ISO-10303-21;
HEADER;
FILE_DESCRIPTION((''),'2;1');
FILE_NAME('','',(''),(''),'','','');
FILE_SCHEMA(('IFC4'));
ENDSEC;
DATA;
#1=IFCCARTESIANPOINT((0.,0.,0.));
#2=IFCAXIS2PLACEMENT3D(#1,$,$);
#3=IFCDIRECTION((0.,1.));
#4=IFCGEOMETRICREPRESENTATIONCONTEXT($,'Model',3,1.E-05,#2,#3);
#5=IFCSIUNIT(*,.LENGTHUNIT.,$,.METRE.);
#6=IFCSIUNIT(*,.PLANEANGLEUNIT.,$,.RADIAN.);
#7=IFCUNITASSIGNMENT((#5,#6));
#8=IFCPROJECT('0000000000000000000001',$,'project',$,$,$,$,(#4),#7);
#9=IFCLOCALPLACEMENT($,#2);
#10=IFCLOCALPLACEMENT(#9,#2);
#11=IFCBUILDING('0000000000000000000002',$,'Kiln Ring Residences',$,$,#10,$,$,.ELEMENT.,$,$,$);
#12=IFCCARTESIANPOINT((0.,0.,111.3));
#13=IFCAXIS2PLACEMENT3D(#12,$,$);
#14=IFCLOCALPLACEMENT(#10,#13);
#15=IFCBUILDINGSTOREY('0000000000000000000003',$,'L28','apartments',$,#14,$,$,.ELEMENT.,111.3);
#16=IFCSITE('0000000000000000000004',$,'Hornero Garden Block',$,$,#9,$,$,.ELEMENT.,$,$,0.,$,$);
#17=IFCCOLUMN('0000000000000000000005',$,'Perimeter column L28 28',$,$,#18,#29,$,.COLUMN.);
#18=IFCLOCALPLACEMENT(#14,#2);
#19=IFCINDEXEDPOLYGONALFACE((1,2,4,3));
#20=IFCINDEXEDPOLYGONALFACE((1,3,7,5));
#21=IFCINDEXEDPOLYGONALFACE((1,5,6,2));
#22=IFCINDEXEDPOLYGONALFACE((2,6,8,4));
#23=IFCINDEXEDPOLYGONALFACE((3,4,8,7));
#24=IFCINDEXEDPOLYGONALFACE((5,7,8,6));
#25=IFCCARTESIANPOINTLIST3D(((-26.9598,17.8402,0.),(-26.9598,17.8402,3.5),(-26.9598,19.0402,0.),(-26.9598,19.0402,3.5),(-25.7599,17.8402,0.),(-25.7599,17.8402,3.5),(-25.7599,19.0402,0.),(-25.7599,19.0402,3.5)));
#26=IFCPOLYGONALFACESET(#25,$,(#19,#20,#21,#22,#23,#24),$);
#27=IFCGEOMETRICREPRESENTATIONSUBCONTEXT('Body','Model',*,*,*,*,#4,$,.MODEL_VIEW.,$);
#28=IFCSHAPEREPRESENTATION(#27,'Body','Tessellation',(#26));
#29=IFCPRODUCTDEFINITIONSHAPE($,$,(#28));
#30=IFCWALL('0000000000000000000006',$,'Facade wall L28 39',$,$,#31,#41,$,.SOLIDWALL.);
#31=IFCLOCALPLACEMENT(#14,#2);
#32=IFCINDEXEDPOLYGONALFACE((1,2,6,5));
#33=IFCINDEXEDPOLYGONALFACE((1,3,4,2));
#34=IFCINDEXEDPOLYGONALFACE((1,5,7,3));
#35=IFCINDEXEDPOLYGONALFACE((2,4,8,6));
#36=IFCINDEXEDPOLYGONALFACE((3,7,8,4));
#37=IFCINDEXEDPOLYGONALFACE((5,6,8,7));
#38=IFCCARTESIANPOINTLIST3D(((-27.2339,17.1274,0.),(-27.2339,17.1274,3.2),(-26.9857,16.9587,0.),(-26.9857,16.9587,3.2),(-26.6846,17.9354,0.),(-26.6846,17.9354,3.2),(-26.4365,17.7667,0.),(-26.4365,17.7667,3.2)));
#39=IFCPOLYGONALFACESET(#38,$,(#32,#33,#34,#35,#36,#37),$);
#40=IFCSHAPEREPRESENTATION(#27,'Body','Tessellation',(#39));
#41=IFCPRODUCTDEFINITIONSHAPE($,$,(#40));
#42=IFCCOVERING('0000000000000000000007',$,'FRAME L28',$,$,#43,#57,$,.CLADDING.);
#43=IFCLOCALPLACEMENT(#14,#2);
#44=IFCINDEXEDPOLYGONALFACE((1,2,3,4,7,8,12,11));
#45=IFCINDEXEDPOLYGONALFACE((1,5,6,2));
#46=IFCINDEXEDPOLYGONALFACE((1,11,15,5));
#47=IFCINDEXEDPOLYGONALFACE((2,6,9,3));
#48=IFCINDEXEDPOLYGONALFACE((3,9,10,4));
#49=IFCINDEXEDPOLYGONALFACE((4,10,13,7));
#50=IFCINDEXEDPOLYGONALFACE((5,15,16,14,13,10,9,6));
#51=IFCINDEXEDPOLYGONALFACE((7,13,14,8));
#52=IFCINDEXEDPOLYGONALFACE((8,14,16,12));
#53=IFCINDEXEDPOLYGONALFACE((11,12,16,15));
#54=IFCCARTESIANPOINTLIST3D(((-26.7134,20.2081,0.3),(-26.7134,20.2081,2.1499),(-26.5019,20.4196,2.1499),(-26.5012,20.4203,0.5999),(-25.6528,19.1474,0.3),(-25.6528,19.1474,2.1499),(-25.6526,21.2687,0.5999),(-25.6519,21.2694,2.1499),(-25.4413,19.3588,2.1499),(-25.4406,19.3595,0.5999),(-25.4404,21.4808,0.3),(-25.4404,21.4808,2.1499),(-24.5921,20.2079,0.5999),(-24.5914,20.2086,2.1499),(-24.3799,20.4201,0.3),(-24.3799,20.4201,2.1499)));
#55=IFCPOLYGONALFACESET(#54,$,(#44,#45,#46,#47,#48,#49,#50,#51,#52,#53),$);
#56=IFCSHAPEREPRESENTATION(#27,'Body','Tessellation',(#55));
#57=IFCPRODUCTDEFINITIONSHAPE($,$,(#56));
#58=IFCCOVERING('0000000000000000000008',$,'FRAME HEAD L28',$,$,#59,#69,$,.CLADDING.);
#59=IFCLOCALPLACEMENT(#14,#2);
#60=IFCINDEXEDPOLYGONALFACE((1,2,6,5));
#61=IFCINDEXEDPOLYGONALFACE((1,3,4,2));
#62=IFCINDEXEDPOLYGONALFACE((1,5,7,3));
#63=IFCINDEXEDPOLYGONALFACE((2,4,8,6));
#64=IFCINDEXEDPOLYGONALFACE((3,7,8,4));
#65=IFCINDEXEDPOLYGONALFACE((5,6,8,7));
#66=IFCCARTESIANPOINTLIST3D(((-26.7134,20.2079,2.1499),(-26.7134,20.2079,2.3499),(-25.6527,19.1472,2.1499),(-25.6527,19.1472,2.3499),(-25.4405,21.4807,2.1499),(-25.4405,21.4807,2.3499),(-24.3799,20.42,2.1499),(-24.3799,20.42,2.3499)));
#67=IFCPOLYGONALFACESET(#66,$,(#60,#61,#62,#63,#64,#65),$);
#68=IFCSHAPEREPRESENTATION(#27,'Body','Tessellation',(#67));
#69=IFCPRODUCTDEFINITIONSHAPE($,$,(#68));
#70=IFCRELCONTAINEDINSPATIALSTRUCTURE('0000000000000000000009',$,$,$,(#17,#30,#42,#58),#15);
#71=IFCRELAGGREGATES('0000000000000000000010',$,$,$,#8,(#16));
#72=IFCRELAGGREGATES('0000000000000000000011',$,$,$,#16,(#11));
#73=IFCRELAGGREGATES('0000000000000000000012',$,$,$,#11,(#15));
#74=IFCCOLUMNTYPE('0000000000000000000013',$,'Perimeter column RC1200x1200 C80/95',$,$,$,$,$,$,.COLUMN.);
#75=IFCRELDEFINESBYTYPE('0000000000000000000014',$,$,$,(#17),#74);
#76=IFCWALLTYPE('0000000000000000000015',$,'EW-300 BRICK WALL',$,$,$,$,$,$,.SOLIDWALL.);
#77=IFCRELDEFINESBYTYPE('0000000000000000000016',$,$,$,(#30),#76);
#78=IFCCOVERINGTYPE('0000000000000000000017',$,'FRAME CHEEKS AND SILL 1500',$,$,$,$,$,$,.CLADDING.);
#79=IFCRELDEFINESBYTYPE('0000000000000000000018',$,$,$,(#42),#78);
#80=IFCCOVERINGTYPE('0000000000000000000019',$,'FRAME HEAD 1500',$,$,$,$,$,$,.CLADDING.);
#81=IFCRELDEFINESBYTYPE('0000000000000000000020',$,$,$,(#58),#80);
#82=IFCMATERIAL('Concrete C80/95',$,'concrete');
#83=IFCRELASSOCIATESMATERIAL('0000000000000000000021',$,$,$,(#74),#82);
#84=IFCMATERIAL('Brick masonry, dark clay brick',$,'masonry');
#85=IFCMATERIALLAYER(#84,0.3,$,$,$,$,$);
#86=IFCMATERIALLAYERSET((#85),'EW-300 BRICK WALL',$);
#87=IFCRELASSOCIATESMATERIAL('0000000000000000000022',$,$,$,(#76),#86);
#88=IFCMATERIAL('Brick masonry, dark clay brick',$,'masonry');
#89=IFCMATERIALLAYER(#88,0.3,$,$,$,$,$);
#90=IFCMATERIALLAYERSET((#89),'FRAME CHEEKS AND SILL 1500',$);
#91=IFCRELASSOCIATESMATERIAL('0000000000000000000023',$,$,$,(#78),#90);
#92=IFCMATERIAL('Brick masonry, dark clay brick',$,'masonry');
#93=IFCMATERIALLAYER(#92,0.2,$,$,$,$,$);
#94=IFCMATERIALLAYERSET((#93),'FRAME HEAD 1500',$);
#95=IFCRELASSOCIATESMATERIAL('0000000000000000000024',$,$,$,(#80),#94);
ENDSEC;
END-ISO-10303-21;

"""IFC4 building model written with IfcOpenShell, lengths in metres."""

from ifc_helpers import new_model, si_unit, direction, frame, frame_2d, origin, origin_2d, place, context, subcontext, project, spatial, polyline, rectangle, outline, extrude, material, layer, layer_set, material_profile, profile_set, type_object, element, save


model = new_model("IFC4")

# Units and contexts
model_context = context("Model", 3, precision=1e-05, world=origin(), true_north=direction((0.0, 1.0)))
body_context = subcontext(model_context, "Body", "Model", "MODEL_VIEW")
ifc_project = project(units=[si_unit("LENGTHUNIT", "METRE"), si_unit("PLANEANGLEUNIT", "RADIAN")], contexts=[model_context])

# Site, building, storey
site_placement = place(None, origin())
site = spatial("IfcSite", under=ifc_project, at=site_placement, Name="Hornero Garden Block", CompositionType="ELEMENT", RefElevation=0.0)
building_placement = place(site_placement, origin())
building = spatial("IfcBuilding", under=site, at=building_placement, Name="Kiln Ring Residences", CompositionType="ELEMENT")
storey_placement = place(building_placement, frame((0.0, 0.0, 111.3)))
storey = spatial("IfcBuildingStorey", under=building, at=storey_placement, Name="L28", Description="apartments", CompositionType="ELEMENT", Elevation=111.3)

# Column
ifc_material_1 = material(Name="Concrete C80/95", Category="concrete")
ifc_material_profile = material_profile(ifc_material_1, rectangle(XDim=1.2, YDim=1.2, at=origin_2d()), Name="RC1200x1200")
ifc_profile_set = profile_set([ifc_material_profile], Name="Concrete C80/95")
column_type = type_object("IfcColumnType", Name="Perimeter column RC1200x1200 C80/95", PredefinedType="COLUMN", material=ifc_profile_set)
column_placement = place(storey_placement, frame((-26.3599, 18.4402, 0.0), z_axis=(0.0, 0.0, 1.0), x_axis=(1.0, 0.0, 0.0)))
element("IfcColumn", 1, at=column_placement, inside=storey, type_object=column_type, Name="Perimeter column L28 28", PredefinedType="COLUMN", context=body_context, shape_type="SweptSolid", body=[
    extrude(rectangle(XDim=1.2, YDim=1.2, at=origin_2d()), origin(), (0.0, 0.0, 1.0), 3.5),
])

# Wall
ifc_material_2 = material(Name="Brick masonry, dark clay brick", Category="masonry")
ifc_layer_1 = layer(ifc_material_2, 0.3)
ifc_layer_set_1 = layer_set([ifc_layer_1], Name="EW-300 BRICK WALL")
wall_type_1 = type_object("IfcWallType", Name="EW-300 BRICK WALL", PredefinedType="SOLIDWALL", material=ifc_layer_set_1)
wall_1_placement = place(storey_placement, frame((-26.5605, 17.8511, 0.0), z_axis=(0.0, 0.0, 1.0), x_axis=(-0.562173, -0.827019, 0.0)))
element("IfcWall", 2, at=wall_1_placement, inside=storey, type_object=wall_type_1, Name="Facade wall L28 39", PredefinedType="SOLIDWALL", context=body_context, shape_type="SweptSolid", body=[
    extrude(rectangle(XDim=0.9771, YDim=0.3, at=frame_2d((0.4885, 0.0))), origin(), (0.0, 0.0, 1.0), 3.2),
])

# Coverings
ifc_material_3 = material(Name="Brick masonry, dark clay brick", Category="masonry")
ifc_layer_2 = layer(ifc_material_3, 0.3)
ifc_layer_set_2 = layer_set([ifc_layer_2], Name="FRAME CHEEKS AND SILL 1500")
covering_type_1 = type_object("IfcCoveringType", Name="FRAME CHEEKS AND SILL 1500", PredefinedType="CLADDING", material=ifc_layer_set_2)
covering_1_placement = place(storey_placement, frame((-24.9102, 20.9504, 0.3), z_axis=(0.0, 0.0, 1.0), x_axis=(-0.707175, -0.707039, 0.0)))
element("IfcCovering", 3, at=covering_1_placement, inside=storey, type_object=covering_type_1, Name="FRAME L28", PredefinedType="CLADDING", context=body_context, shape_type="SweptSolid", body=[
    extrude(outline(polyline([(0.0, 0.0), (1.8, 0.0), (1.8, 1.8499), (1.501, 1.8499), (1.5, 0.2998), (0.3, 0.2998), (0.2991, 1.8499), (0.0, 1.8499), (0.0, 0.0)])), frame((0.0, 0.75, 0.0), z_axis=(0.0, -1.0, 0.0), x_axis=(1.0, 0.0, 0.0)), (0.0, 0.0, 1.0), 1.5),
])
ifc_material_4 = material(Name="Brick masonry, dark clay brick", Category="masonry")
ifc_layer_3 = layer(ifc_material_4, 0.2)
ifc_layer_set_3 = layer_set([ifc_layer_3], Name="FRAME HEAD 1500")
covering_type_2 = type_object("IfcCoveringType", Name="FRAME HEAD 1500", PredefinedType="CLADDING", material=ifc_layer_set_3)
covering_2_placement = place(storey_placement, frame((-25.5466, 20.314, 2.1499), z_axis=(0.0, 0.0, 1.0), x_axis=(-0.707107, -0.707107, 0.0)))
element("IfcCovering", 4, at=covering_2_placement, inside=storey, type_object=covering_type_2, Name="FRAME HEAD L28", PredefinedType="CLADDING", context=body_context, shape_type="SweptSolid", body=[
    extrude(rectangle(XDim=1.8, YDim=1.5, at=origin_2d()), origin(), (0.0, 0.0, 1.0), 0.2),
])

save(model, "model.ifc")
